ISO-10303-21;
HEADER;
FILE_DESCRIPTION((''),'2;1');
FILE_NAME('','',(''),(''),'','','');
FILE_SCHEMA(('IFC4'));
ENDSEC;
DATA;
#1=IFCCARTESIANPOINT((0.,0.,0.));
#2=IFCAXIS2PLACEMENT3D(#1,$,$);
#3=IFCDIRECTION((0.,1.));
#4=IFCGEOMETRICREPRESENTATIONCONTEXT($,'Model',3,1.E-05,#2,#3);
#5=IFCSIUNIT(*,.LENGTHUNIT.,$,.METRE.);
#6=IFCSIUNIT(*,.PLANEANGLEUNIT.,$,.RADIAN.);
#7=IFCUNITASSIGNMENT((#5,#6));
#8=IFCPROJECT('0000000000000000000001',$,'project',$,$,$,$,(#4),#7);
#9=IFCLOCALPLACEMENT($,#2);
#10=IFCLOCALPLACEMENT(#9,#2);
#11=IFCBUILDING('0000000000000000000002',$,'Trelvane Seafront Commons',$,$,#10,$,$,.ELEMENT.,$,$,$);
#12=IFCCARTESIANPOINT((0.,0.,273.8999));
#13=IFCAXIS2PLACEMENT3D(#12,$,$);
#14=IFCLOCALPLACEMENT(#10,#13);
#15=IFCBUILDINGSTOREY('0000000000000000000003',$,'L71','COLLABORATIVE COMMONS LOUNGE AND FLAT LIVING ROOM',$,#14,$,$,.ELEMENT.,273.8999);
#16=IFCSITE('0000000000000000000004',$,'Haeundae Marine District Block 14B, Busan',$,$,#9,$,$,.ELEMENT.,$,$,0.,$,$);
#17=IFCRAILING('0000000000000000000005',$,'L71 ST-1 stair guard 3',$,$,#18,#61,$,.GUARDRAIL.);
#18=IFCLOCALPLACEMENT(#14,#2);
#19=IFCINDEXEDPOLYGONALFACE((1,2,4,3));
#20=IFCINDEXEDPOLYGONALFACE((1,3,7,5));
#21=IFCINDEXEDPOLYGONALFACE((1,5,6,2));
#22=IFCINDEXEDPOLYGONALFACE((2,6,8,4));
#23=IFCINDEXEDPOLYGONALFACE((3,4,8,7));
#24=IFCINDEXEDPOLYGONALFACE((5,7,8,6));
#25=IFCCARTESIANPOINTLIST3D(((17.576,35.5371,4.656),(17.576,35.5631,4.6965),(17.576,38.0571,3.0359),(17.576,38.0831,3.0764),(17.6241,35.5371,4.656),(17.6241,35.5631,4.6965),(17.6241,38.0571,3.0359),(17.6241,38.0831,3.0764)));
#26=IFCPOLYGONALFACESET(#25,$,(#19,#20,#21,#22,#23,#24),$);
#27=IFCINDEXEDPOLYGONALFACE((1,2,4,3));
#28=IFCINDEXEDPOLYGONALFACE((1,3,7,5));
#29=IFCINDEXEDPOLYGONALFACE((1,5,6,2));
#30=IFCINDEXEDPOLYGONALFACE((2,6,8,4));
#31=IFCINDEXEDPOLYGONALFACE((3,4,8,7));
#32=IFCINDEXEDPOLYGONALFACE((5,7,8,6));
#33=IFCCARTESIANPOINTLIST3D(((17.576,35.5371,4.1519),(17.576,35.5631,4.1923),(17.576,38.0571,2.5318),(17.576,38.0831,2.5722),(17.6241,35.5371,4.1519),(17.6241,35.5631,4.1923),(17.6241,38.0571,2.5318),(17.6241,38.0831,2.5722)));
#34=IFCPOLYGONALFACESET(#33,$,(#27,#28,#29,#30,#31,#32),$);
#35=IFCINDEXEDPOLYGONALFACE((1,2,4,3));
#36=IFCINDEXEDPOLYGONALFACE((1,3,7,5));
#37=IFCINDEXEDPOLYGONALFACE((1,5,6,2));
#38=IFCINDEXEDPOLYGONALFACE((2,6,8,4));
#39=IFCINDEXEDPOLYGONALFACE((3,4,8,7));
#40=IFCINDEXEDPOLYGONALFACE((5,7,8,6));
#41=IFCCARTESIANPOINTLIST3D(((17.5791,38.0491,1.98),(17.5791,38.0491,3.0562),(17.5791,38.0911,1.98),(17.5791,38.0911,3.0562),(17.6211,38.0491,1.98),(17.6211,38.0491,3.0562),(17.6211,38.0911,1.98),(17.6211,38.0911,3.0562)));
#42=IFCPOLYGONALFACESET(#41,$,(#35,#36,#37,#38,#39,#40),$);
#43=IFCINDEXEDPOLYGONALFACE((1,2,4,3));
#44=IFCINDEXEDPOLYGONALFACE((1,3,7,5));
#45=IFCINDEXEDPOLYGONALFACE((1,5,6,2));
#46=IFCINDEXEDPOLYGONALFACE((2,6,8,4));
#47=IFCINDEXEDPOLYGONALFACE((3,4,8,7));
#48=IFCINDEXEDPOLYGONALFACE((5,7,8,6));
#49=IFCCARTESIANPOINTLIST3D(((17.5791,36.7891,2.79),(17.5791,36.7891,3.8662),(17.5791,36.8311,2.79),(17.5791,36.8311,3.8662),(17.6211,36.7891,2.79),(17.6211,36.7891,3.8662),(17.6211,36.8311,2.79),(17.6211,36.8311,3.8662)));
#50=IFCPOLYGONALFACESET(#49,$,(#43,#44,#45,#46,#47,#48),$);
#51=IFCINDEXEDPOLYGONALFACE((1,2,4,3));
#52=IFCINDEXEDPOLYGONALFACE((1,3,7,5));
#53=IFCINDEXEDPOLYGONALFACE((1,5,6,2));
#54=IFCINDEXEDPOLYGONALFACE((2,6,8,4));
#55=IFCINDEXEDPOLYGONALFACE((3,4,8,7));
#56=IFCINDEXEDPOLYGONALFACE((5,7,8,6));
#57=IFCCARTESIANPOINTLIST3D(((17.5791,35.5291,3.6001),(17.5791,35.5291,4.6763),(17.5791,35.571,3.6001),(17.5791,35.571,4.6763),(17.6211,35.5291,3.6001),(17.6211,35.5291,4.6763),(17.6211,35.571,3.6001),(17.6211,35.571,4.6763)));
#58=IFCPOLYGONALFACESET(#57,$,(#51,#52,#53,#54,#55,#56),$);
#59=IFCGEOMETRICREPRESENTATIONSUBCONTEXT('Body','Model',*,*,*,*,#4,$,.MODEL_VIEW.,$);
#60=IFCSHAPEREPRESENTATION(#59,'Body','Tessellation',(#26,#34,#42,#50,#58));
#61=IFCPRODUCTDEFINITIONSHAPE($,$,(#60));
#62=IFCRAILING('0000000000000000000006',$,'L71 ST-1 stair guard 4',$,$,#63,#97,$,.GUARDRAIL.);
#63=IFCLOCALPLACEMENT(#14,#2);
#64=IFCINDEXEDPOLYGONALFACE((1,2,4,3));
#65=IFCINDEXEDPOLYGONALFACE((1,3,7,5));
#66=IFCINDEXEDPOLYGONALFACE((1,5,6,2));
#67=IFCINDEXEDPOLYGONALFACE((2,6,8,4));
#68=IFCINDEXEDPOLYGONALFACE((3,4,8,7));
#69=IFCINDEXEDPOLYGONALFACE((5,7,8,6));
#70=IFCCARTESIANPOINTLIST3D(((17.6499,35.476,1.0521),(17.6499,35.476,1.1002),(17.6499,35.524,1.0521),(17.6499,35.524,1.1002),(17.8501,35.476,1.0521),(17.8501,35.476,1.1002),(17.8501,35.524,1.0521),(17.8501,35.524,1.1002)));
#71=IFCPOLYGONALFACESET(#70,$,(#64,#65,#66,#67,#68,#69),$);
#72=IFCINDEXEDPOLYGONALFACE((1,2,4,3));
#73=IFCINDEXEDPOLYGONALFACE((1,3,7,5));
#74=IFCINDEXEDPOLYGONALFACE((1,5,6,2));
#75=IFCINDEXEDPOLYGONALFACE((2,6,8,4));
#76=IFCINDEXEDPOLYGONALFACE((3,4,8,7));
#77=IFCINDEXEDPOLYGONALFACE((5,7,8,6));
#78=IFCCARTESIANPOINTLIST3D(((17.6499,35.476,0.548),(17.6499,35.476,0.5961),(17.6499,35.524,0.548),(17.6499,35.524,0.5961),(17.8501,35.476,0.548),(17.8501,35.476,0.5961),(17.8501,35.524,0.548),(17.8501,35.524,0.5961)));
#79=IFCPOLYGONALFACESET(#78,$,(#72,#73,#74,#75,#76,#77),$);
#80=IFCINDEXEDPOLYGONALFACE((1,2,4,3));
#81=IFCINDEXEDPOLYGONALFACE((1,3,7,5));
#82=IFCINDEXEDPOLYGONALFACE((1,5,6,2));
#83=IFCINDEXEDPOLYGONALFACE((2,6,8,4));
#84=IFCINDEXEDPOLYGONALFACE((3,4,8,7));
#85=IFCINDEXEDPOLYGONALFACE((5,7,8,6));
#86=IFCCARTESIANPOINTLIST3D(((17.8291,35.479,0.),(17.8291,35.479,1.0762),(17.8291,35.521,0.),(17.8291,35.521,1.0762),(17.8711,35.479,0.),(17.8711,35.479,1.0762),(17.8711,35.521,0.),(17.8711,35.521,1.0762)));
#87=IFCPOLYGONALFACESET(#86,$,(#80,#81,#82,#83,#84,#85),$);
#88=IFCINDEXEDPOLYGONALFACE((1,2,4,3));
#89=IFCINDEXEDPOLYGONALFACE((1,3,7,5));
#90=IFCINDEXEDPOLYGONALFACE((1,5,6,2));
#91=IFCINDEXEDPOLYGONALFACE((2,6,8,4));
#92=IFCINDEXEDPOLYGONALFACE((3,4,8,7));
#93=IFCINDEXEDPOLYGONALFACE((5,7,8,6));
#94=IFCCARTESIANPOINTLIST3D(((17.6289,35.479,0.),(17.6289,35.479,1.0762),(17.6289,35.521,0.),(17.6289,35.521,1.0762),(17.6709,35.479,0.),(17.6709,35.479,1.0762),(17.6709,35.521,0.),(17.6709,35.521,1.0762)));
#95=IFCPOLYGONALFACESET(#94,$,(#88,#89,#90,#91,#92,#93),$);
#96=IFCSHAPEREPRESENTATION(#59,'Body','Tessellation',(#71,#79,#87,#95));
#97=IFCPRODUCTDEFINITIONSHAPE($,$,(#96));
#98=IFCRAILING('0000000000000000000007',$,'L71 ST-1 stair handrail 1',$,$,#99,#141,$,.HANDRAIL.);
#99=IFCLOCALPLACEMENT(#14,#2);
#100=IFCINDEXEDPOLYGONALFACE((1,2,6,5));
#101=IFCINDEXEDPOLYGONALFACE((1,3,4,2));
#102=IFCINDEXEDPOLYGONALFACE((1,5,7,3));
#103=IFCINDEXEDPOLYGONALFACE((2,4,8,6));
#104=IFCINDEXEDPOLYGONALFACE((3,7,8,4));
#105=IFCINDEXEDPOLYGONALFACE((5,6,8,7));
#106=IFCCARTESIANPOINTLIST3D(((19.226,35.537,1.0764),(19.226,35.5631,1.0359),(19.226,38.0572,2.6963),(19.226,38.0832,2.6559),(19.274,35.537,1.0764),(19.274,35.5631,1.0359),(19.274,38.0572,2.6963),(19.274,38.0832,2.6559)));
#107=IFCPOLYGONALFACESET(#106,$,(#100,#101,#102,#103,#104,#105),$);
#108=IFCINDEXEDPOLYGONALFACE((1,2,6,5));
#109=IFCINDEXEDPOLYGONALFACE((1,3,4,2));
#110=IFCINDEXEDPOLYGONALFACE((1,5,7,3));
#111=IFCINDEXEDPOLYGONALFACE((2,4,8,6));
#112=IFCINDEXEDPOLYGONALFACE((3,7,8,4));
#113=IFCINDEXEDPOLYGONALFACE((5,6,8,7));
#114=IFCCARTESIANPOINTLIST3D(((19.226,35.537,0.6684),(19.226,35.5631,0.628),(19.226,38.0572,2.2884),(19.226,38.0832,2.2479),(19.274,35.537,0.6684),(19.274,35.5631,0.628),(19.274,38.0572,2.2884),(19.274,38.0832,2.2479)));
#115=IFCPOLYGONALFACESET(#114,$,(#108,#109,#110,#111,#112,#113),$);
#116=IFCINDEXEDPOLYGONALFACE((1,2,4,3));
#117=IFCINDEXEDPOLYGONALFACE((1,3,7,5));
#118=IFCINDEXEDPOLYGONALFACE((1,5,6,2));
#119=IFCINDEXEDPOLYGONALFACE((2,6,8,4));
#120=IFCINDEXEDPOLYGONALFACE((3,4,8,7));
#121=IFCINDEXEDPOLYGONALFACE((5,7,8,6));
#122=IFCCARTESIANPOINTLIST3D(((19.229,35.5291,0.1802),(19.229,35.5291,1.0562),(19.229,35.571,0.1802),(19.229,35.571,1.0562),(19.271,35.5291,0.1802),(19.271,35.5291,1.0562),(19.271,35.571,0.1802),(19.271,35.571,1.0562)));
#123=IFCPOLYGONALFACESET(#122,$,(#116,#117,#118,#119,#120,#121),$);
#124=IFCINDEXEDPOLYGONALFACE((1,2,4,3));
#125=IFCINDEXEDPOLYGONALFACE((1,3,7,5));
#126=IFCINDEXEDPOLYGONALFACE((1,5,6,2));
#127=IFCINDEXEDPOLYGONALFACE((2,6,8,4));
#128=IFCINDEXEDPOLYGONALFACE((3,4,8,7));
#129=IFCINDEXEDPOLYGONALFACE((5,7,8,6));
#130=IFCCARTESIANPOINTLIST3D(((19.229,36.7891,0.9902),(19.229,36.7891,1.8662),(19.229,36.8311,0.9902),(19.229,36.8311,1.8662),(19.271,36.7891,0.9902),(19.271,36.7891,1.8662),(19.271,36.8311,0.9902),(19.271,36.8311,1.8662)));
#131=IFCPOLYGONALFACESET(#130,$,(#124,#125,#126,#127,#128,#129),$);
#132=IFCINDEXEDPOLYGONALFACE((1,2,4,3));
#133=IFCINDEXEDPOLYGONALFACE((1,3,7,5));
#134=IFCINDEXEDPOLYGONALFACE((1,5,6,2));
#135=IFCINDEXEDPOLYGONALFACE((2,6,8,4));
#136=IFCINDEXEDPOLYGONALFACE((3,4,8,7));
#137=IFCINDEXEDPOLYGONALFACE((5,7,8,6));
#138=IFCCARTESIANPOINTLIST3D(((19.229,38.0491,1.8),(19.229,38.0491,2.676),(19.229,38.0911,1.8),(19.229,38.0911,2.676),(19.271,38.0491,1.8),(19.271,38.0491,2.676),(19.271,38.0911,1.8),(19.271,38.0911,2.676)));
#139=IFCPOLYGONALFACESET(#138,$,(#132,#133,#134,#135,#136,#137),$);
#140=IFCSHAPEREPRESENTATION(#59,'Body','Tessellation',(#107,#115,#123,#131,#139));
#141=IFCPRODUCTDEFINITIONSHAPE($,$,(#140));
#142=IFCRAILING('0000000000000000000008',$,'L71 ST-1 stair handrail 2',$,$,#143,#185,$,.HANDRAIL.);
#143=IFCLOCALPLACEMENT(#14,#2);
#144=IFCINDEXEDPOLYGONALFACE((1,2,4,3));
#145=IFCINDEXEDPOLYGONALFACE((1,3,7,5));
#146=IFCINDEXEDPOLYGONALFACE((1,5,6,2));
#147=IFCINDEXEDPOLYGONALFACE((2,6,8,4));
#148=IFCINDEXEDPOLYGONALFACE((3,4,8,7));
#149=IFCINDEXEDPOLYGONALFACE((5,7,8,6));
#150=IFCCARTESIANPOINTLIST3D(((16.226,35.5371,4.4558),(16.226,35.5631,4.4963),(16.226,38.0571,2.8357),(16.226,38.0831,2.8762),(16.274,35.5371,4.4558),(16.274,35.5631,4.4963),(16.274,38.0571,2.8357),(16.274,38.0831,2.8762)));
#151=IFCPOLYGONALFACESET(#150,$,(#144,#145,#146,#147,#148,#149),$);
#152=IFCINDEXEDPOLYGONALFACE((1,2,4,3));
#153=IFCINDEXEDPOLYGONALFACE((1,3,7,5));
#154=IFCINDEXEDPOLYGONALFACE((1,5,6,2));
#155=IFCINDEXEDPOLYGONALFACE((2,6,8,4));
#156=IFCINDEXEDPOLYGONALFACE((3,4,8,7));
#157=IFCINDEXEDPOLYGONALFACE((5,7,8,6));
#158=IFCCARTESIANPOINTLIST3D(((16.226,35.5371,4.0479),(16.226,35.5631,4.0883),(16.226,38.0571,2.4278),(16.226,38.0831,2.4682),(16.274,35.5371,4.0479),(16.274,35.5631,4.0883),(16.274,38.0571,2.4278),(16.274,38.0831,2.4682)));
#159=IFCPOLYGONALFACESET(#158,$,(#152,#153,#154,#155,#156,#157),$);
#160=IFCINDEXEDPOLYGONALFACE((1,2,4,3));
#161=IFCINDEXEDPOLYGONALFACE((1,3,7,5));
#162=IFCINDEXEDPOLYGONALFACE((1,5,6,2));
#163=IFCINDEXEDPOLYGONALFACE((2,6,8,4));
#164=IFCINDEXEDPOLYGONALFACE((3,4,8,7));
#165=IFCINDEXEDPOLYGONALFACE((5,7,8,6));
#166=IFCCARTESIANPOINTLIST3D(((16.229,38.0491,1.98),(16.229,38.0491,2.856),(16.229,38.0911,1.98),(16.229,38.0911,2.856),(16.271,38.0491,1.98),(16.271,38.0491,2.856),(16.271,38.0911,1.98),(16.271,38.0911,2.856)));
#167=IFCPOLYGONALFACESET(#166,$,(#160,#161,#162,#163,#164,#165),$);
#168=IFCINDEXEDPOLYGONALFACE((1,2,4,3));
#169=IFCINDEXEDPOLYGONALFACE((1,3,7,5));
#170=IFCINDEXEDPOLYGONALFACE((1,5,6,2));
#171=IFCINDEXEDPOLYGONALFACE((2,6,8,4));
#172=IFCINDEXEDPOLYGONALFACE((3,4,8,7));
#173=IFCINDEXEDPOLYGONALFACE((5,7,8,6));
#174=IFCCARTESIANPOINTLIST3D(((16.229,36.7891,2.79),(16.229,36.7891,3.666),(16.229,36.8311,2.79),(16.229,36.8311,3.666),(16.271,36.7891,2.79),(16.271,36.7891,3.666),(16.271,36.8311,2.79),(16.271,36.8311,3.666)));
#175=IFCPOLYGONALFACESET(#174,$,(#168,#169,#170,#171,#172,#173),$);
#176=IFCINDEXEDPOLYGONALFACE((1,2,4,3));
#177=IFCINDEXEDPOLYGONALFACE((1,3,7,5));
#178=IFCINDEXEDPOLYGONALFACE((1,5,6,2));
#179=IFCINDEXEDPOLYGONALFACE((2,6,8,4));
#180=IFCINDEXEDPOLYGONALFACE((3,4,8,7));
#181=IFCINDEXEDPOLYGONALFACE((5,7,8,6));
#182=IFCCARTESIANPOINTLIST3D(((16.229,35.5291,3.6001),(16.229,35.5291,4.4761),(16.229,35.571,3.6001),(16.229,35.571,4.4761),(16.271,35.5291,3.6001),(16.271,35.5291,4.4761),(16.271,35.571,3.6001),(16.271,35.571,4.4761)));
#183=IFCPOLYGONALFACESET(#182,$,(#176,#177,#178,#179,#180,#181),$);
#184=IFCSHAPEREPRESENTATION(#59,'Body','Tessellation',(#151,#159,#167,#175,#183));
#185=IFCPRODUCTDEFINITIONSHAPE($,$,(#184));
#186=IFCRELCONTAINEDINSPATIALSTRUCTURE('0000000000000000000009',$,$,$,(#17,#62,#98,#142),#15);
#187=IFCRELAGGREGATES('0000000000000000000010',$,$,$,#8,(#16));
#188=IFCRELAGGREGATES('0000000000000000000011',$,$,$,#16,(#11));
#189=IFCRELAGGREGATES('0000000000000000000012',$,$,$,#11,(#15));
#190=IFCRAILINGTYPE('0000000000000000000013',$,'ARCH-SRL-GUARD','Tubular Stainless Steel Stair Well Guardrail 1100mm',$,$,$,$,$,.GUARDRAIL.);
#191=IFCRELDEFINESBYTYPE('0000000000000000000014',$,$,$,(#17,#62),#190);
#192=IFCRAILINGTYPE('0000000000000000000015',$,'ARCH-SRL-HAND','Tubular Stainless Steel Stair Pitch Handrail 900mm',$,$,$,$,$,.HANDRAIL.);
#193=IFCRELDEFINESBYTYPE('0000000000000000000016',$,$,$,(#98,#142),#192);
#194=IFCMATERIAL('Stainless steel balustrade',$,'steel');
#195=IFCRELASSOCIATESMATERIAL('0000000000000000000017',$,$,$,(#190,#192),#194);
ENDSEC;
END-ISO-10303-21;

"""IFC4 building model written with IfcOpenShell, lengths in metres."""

from ifc_helpers import new_model, si_unit, direction, frame, origin, origin_2d, place, context, subcontext, project, spatial, rectangle, extrude, material, type_object, element, save


model = new_model("IFC4")

# Units and contexts
model_context = context("Model", 3, precision=1e-05, world=origin(), true_north=direction((0.0, 1.0)))
body_context = subcontext(model_context, "Body", "Model", "MODEL_VIEW")
ifc_project = project(units=[si_unit("LENGTHUNIT", "METRE"), si_unit("PLANEANGLEUNIT", "RADIAN")], contexts=[model_context])

# Site, building, storey
site_placement = place(None, origin())
site = spatial("IfcSite", under=ifc_project, at=site_placement, Name="Haeundae Marine District Block 14B, Busan", CompositionType="ELEMENT", RefElevation=0.0)
building_placement = place(site_placement, origin())
building = spatial("IfcBuilding", under=site, at=building_placement, Name="Trelvane Seafront Commons", CompositionType="ELEMENT")
storey_placement = place(building_placement, frame((0.0, 0.0, 273.8999)))
storey = spatial("IfcBuildingStorey", under=building, at=storey_placement, Name="L71", Description="COLLABORATIVE COMMONS LOUNGE AND FLAT LIVING ROOM", CompositionType="ELEMENT", Elevation=273.8999)

# Shared definitions
ifc_material_1 = material(Name="Stainless steel balustrade", Category="steel")

# Railings
railing_type_1 = type_object("IfcRailingType", Name="ARCH-SRL-GUARD", Description="Tubular Stainless Steel Stair Well Guardrail 1100mm", PredefinedType="GUARDRAIL", material=ifc_material_1)
railing_1_placement = place(storey_placement, frame((17.6001, 38.0701, 1.98)))
element("IfcRailing", 1, at=railing_1_placement, inside=storey, type_object=railing_type_1, Name="L71 ST-1 stair guard 3", PredefinedType="GUARDRAIL", context=body_context, shape_type="SweptSolid", body=[
    extrude(rectangle(XDim=0.0481, YDim=0.0481, at=origin_2d()), frame((0.0, 0.0, 1.0762), z_axis=(0.0, -0.841163, 0.540782), x_axis=(1.0, 0.0, 0.0)), (0.0, 0.0, 1.0), 2.9958),
    extrude(rectangle(XDim=0.0481, YDim=0.0481, at=origin_2d()), frame((0.0, 0.0, 0.572), z_axis=(0.0, -0.841163, 0.540782), x_axis=(1.0, 0.0, 0.0)), (0.0, 0.0, 1.0), 2.9958),
    extrude(rectangle(XDim=0.042, YDim=0.042, at=origin_2d()), origin(), (0.0, 0.0, 1.0), 1.0762),
    extrude(rectangle(XDim=0.042, YDim=0.042, at=origin_2d()), frame((0.0, -1.26, 0.8101)), (0.0, 0.0, 1.0), 1.0762),
    extrude(rectangle(XDim=0.042, YDim=0.042, at=origin_2d()), frame((0.0, -2.52, 1.6201)), (0.0, 0.0, 1.0), 1.0762),
])
railing_2_placement = place(storey_placement, frame((17.8501, 35.5, 0.0)))
element("IfcRailing", 2, at=railing_2_placement, inside=storey, type_object=railing_type_1, Name="L71 ST-1 stair guard 4", PredefinedType="GUARDRAIL", context=body_context, shape_type="SweptSolid", body=[
    extrude(rectangle(XDim=0.0481, YDim=0.0481, at=origin_2d()), frame((0.0, 0.0, 1.0762), z_axis=(-1.0, 0.0, 0.0), x_axis=(0.0, -1.0, 0.0)), (0.0, 0.0, 1.0), 0.2002),
    extrude(rectangle(XDim=0.0481, YDim=0.0481, at=origin_2d()), frame((0.0, 0.0, 0.572), z_axis=(-1.0, 0.0, 0.0), x_axis=(0.0, -1.0, 0.0)), (0.0, 0.0, 1.0), 0.2002),
    extrude(rectangle(XDim=0.042, YDim=0.042, at=origin_2d()), origin(), (0.0, 0.0, 1.0), 1.0762),
    extrude(rectangle(XDim=0.042, YDim=0.042, at=origin_2d()), frame((-0.2002, 0.0, 0.0)), (0.0, 0.0, 1.0), 1.0762),
])
railing_type_2 = type_object("IfcRailingType", Name="ARCH-SRL-HAND", Description="Tubular Stainless Steel Stair Pitch Handrail 900mm", PredefinedType="HANDRAIL", material=ifc_material_1)
railing_3_placement = place(storey_placement, frame((19.25, 35.55, 0.1802)))
element("IfcRailing", 3, at=railing_3_placement, inside=storey, type_object=railing_type_2, Name="L71 ST-1 stair handrail 1", PredefinedType="HANDRAIL", context=body_context, shape_type="SweptSolid", body=[
    extrude(rectangle(XDim=0.0481, YDim=0.0481, at=origin_2d()), frame((0.0, 0.0, 0.876), z_axis=(0.0, 0.8412, 0.540725), x_axis=(-1.0, 0.0, 0.0)), (0.0, 0.0, 1.0), 2.9958),
    extrude(rectangle(XDim=0.0481, YDim=0.0481, at=origin_2d()), frame((0.0, 0.0, 0.468), z_axis=(0.0, 0.8412, 0.540725), x_axis=(-1.0, 0.0, 0.0)), (0.0, 0.0, 1.0), 2.9958),
    extrude(rectangle(XDim=0.042, YDim=0.042, at=origin_2d()), origin(), (0.0, 0.0, 1.0), 0.876),
    extrude(rectangle(XDim=0.042, YDim=0.042, at=origin_2d()), frame((0.0, 1.26, 0.8101)), (0.0, 0.0, 1.0), 0.876),
    extrude(rectangle(XDim=0.042, YDim=0.042, at=origin_2d()), frame((0.0, 2.52, 1.6199)), (0.0, 0.0, 1.0), 0.876),
])
railing_4_placement = place(storey_placement, frame((16.25, 38.0701, 1.98)))
element("IfcRailing", 4, at=railing_4_placement, inside=storey, type_object=railing_type_2, Name="L71 ST-1 stair handrail 2", PredefinedType="HANDRAIL", context=body_context, shape_type="SweptSolid", body=[
    extrude(rectangle(XDim=0.0481, YDim=0.0481, at=origin_2d()), frame((0.0, 0.0, 0.876), z_axis=(0.0, -0.841163, 0.540782), x_axis=(1.0, 0.0, 0.0)), (0.0, 0.0, 1.0), 2.9958),
    extrude(rectangle(XDim=0.0481, YDim=0.0481, at=origin_2d()), frame((0.0, 0.0, 0.468), z_axis=(0.0, -0.841163, 0.540782), x_axis=(1.0, 0.0, 0.0)), (0.0, 0.0, 1.0), 2.9958),
    extrude(rectangle(XDim=0.042, YDim=0.042, at=origin_2d()), origin(), (0.0, 0.0, 1.0), 0.876),
    extrude(rectangle(XDim=0.042, YDim=0.042, at=origin_2d()), frame((0.0, -1.26, 0.8101)), (0.0, 0.0, 1.0), 0.876),
    extrude(rectangle(XDim=0.042, YDim=0.042, at=origin_2d()), frame((0.0, -2.52, 1.6201)), (0.0, 0.0, 1.0), 0.876),
])

save(model, "model.ifc")
